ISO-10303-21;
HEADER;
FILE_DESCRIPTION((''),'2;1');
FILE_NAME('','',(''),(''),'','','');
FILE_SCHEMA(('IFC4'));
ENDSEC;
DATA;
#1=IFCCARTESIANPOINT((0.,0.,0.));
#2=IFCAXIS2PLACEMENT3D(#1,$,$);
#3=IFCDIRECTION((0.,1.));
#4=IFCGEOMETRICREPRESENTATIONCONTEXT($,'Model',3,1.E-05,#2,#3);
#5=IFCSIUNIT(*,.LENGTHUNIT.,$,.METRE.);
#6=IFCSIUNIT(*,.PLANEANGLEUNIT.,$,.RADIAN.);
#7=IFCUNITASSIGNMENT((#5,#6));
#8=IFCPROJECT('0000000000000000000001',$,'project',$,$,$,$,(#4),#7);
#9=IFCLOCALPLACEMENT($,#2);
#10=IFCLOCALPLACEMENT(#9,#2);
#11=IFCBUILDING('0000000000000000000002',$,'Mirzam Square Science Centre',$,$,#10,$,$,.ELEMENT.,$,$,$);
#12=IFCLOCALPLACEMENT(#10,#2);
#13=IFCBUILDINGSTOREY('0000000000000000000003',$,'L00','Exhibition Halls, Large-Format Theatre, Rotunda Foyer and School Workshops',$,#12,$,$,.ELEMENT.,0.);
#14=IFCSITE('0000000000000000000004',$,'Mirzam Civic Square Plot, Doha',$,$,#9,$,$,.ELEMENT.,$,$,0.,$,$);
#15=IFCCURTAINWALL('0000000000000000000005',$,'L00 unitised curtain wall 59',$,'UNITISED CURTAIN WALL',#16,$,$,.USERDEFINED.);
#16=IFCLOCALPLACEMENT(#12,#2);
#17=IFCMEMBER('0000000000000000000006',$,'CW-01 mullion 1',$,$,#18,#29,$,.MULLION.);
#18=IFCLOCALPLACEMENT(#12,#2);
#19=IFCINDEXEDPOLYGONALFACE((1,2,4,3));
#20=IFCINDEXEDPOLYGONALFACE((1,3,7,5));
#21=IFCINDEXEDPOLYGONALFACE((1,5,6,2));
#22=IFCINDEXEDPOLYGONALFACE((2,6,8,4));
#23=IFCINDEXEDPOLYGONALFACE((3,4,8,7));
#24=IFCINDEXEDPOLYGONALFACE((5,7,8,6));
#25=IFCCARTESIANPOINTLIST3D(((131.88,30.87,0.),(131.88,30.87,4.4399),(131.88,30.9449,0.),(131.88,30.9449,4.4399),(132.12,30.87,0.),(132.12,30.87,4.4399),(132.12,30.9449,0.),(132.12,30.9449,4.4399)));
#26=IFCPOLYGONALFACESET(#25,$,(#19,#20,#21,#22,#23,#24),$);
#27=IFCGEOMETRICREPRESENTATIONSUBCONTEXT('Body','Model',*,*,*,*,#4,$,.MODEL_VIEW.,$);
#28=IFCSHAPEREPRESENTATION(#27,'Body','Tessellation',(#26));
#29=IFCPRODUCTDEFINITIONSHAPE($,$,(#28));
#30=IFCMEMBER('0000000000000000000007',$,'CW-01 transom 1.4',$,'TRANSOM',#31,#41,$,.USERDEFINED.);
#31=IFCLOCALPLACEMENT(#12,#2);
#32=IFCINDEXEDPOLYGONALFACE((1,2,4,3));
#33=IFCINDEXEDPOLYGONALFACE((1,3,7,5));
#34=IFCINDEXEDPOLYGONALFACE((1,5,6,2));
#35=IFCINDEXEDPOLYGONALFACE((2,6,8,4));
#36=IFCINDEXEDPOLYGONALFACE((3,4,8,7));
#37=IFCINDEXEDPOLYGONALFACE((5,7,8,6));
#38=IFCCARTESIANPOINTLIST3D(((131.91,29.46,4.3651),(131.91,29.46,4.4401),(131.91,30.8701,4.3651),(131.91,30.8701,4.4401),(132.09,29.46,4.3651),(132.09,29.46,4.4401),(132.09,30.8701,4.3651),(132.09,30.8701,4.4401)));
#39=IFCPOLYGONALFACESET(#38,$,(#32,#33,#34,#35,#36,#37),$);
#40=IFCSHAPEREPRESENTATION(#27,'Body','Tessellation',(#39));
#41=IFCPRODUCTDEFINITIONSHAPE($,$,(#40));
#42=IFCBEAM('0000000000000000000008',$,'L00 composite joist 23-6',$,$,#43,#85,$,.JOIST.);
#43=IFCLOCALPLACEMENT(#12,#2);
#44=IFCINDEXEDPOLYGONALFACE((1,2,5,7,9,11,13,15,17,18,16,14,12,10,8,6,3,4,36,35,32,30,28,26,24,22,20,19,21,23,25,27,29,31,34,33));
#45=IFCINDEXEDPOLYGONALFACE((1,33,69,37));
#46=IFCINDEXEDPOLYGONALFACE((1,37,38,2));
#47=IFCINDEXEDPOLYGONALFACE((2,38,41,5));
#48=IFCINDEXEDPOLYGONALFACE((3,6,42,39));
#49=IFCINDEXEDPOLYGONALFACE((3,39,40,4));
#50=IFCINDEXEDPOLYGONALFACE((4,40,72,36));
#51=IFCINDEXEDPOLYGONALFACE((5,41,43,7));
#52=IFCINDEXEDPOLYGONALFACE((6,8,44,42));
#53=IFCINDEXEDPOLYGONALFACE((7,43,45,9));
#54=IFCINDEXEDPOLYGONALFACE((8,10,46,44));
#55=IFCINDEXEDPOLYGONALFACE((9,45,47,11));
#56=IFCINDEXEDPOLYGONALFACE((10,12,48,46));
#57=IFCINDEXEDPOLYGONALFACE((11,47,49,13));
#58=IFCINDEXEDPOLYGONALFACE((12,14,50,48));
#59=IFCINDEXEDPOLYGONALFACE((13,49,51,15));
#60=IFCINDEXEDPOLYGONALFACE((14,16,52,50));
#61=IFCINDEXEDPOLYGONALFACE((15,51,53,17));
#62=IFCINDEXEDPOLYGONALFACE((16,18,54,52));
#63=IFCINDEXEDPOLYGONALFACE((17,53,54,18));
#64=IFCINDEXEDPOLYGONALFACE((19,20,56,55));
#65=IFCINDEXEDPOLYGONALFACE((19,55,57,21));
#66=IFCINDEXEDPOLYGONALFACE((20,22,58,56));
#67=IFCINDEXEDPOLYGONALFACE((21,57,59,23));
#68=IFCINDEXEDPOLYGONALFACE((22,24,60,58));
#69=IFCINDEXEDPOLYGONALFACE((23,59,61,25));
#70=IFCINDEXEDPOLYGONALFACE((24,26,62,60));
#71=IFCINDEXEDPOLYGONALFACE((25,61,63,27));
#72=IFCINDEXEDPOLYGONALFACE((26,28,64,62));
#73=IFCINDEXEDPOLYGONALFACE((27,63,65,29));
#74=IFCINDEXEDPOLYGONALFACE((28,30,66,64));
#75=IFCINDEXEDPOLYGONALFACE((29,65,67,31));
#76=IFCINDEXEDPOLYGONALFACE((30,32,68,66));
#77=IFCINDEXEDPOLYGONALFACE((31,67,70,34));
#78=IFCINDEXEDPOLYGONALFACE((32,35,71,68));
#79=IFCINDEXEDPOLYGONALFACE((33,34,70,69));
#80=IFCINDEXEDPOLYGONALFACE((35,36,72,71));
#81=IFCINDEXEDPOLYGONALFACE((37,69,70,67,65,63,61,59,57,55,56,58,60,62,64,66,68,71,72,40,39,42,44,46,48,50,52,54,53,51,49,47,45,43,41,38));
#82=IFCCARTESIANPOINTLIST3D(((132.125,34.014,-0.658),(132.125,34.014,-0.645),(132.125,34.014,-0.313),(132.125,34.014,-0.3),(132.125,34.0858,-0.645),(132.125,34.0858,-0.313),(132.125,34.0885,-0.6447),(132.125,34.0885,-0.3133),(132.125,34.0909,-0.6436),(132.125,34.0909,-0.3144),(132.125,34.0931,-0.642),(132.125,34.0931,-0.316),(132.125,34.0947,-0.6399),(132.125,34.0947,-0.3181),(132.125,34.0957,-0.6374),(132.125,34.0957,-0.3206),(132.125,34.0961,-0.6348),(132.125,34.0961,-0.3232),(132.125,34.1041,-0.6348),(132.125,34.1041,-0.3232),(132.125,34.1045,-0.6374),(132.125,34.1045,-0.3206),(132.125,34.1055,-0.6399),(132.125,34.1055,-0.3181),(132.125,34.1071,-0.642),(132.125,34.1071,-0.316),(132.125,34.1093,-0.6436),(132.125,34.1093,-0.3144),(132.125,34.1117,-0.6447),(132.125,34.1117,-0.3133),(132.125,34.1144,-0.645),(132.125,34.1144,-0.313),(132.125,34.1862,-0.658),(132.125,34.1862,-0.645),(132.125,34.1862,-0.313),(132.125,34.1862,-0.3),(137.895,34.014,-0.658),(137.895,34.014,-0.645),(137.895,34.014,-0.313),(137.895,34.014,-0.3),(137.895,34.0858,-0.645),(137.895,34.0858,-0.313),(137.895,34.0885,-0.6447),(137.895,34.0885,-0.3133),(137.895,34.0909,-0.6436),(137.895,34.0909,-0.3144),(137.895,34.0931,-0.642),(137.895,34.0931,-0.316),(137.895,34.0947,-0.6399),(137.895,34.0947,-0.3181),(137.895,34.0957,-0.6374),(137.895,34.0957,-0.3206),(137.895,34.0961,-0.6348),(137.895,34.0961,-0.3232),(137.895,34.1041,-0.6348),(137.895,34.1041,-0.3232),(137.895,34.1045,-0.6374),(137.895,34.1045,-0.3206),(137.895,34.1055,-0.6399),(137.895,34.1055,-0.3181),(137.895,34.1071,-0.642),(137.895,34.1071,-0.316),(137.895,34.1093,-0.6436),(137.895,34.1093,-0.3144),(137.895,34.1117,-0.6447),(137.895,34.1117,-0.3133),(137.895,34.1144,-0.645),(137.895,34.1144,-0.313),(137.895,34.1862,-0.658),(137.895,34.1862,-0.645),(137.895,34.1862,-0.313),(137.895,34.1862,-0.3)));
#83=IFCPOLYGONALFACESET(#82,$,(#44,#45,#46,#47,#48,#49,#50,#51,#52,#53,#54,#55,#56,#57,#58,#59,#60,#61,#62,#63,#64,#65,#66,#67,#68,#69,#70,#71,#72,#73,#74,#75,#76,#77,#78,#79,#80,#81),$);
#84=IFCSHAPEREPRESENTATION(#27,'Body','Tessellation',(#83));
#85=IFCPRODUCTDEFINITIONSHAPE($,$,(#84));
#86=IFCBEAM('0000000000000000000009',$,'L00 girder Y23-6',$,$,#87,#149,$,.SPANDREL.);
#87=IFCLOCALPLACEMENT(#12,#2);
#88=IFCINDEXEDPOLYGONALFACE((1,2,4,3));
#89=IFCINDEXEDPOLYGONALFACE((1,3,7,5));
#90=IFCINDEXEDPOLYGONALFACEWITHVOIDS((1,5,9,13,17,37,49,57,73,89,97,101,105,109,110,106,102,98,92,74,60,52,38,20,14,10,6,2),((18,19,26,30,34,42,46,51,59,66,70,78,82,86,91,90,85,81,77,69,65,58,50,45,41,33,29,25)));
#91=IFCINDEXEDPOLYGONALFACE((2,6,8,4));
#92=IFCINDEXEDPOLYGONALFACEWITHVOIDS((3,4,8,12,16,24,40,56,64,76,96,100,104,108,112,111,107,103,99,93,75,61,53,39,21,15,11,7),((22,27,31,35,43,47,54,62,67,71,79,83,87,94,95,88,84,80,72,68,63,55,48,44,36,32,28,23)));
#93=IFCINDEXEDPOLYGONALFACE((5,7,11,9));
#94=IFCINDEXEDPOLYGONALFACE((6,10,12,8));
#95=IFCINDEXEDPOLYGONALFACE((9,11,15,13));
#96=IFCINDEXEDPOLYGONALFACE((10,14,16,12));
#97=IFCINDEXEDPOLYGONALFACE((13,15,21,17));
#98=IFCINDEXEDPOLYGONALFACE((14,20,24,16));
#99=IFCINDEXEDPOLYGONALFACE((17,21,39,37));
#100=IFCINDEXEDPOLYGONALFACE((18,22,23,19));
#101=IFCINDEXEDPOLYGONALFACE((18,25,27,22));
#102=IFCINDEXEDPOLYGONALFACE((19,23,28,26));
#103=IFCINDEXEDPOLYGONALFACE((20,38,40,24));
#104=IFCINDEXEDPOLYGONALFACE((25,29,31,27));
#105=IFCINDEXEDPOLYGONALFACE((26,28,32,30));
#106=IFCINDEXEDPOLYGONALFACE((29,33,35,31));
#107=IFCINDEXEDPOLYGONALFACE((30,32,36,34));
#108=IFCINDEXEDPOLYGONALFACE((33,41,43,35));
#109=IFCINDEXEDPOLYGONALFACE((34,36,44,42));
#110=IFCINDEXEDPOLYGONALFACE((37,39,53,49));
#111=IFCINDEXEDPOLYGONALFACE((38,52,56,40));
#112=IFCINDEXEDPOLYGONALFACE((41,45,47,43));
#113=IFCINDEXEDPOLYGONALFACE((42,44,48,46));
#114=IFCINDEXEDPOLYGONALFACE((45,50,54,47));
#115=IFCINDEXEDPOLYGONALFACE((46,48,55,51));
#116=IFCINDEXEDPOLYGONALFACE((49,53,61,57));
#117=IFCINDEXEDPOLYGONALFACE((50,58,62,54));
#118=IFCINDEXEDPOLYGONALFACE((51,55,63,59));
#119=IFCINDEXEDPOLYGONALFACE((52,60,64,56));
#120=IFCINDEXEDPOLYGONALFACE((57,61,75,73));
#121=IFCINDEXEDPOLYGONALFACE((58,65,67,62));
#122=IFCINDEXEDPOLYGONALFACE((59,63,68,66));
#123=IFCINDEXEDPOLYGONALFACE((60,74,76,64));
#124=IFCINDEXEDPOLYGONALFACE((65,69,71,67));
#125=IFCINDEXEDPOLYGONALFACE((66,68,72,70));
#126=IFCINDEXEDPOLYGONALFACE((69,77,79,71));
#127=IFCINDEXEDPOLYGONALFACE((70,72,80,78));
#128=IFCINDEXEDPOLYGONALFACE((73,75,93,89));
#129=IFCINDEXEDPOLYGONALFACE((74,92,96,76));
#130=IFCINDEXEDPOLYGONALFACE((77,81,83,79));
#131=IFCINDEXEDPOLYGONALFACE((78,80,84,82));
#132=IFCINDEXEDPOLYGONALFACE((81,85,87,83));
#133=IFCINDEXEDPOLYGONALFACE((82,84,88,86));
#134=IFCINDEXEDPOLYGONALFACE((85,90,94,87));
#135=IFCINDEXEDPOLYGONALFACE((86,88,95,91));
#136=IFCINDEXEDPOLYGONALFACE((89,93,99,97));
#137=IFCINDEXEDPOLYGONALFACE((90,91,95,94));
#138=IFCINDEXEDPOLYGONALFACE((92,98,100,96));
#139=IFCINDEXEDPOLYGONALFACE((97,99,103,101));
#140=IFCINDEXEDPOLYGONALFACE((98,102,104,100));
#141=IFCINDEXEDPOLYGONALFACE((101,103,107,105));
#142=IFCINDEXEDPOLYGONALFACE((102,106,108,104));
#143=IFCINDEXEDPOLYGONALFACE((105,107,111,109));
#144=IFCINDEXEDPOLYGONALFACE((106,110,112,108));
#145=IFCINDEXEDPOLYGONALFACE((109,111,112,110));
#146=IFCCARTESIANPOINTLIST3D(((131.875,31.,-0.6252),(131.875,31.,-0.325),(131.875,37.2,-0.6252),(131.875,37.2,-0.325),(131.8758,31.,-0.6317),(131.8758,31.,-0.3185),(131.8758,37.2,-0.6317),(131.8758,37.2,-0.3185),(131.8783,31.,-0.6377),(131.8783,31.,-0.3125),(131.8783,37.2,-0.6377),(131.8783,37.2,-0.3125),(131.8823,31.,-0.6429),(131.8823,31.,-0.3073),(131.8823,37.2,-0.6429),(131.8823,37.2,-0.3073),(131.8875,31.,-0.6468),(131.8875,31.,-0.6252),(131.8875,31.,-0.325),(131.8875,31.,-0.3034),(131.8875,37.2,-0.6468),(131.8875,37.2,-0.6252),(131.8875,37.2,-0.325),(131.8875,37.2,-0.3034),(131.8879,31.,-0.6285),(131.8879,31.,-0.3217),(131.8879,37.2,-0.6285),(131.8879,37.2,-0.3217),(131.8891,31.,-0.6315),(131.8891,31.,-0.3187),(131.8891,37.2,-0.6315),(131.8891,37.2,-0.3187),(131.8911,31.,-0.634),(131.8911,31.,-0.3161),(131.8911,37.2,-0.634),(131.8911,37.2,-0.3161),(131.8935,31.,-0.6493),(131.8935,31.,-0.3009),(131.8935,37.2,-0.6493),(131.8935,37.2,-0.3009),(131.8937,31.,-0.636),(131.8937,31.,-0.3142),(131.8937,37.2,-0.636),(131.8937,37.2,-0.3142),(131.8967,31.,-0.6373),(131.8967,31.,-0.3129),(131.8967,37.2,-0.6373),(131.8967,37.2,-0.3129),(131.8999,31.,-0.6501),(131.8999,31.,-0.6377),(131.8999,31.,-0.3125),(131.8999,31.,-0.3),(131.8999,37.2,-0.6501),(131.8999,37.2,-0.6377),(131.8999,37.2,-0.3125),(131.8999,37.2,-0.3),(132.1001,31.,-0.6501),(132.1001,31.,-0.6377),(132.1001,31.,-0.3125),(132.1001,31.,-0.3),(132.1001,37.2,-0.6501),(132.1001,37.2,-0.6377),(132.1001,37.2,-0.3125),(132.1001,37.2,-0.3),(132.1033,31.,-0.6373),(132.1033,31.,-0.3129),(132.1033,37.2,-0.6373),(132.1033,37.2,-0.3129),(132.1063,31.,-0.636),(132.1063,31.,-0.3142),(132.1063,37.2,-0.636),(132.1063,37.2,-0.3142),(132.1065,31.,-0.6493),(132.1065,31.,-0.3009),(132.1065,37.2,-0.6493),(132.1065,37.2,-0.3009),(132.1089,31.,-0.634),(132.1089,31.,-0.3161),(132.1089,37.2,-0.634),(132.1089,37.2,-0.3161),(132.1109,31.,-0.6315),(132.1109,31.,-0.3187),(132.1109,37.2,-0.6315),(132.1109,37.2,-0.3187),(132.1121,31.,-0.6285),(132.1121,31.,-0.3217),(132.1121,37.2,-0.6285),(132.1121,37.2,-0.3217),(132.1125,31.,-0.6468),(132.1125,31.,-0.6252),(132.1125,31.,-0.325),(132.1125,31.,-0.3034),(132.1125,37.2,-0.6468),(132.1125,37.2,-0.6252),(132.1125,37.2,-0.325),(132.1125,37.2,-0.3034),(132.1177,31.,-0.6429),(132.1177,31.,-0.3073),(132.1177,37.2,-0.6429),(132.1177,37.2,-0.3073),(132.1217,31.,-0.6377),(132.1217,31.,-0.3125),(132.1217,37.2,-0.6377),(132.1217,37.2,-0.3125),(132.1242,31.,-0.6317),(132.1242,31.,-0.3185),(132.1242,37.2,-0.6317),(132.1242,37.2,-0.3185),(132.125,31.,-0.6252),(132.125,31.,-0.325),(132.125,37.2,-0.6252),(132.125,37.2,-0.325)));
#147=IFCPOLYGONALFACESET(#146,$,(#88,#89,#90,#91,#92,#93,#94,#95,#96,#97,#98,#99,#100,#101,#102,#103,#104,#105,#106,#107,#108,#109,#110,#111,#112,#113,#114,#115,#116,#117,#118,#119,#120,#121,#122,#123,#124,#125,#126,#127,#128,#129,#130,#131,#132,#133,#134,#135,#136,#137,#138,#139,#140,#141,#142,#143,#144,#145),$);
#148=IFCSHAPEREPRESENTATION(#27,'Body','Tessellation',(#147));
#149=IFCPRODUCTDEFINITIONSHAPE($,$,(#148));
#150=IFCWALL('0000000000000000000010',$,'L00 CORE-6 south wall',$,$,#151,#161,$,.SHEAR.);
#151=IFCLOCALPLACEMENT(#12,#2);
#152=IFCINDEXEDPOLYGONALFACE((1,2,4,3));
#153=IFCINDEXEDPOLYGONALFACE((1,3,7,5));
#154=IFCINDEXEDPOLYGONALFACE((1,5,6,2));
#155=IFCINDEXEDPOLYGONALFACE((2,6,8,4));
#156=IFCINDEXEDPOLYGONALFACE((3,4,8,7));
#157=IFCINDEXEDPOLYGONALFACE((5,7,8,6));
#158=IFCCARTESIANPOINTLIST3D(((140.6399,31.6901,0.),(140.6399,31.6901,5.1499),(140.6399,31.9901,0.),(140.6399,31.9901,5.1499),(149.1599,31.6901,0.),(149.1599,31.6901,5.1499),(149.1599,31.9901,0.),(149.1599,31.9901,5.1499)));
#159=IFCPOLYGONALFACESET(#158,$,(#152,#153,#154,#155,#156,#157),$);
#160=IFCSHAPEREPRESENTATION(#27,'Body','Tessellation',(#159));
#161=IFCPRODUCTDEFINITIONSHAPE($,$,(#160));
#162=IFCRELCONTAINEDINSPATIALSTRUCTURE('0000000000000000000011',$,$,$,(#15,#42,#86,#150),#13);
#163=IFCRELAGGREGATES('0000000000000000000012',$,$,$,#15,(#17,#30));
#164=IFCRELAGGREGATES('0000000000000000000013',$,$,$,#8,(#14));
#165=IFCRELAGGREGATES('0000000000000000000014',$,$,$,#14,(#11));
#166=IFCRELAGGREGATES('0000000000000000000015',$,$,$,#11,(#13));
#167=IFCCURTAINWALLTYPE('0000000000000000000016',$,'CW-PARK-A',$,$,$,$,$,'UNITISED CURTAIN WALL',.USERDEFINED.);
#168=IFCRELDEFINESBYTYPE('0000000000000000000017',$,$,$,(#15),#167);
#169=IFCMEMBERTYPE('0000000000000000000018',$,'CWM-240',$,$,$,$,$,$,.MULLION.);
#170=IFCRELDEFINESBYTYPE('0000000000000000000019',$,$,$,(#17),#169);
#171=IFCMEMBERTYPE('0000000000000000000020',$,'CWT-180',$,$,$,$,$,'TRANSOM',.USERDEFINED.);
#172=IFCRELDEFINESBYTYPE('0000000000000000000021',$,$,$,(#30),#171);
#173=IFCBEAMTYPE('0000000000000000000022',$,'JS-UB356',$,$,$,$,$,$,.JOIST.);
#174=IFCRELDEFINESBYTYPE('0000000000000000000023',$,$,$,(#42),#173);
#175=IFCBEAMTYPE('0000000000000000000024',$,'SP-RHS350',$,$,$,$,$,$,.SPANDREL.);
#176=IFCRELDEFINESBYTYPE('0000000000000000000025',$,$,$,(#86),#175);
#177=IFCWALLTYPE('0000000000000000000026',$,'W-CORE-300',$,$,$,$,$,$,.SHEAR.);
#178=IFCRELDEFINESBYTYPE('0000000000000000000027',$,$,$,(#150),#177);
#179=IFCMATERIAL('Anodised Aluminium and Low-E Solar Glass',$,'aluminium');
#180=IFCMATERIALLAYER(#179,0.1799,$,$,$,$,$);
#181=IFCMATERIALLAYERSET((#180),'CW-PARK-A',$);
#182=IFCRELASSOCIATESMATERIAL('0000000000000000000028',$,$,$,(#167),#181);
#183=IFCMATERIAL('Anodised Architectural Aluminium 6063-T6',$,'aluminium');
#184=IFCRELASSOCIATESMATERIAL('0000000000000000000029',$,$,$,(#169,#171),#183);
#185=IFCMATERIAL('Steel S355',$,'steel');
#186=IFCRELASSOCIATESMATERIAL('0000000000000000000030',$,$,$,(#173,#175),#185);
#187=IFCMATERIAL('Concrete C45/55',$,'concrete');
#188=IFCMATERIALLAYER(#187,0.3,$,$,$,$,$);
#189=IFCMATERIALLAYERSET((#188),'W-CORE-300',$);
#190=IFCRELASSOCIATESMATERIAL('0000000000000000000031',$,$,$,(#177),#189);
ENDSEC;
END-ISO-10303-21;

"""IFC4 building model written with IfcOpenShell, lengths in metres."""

from ifc_helpers import new_model, si_unit, direction, frame, frame_2d, origin, origin_2d, place, context, subcontext, project, spatial, rectangle, hollow_rectangle, i_section, extrude, material, layer, layer_set, material_profile, profile_set, type_object, element, aggregate, save


model = new_model("IFC4")

# Units and contexts
model_context = context("Model", 3, precision=1e-05, world=origin(), true_north=direction((0.0, 1.0)))
body_context = subcontext(model_context, "Body", "Model", "MODEL_VIEW")
ifc_project = project(units=[si_unit("LENGTHUNIT", "METRE"), si_unit("PLANEANGLEUNIT", "RADIAN")], contexts=[model_context])

# Site, building, storey
site_placement = place(None, origin())
site = spatial("IfcSite", under=ifc_project, at=site_placement, Name="Mirzam Civic Square Plot, Doha", CompositionType="ELEMENT", RefElevation=0.0)
building_placement = place(site_placement, origin())
building = spatial("IfcBuilding", under=site, at=building_placement, Name="Mirzam Square Science Centre", CompositionType="ELEMENT")
storey_placement = place(building_placement, origin())
storey = spatial("IfcBuildingStorey", under=building, at=storey_placement, Name="L00", Description="Exhibition Halls, Large-Format Theatre, Rotunda Foyer and School Workshops", CompositionType="ELEMENT", Elevation=0.0)

# Shared definitions
ifc_material_1 = material(Name="Steel S355", Category="steel")

# Curtain wall, members
ifc_material_2 = material(Name="Anodised Aluminium and Low-E Solar Glass", Category="aluminium")
ifc_layer_1 = layer(ifc_material_2, 0.1799)
ifc_layer_set_1 = layer_set([ifc_layer_1], Name="CW-PARK-A")
curtain_wall_type = type_object("IfcCurtainWallType", Name="CW-PARK-A", ElementType="UNITISED CURTAIN WALL", PredefinedType="USERDEFINED", material=ifc_layer_set_1)
curtain_wall_placement = place(storey_placement, origin())
curtain_wall = element("IfcCurtainWall", 1, at=curtain_wall_placement, inside=storey, type_object=curtain_wall_type, Name="L00 unitised curtain wall 59", ObjectType="UNITISED CURTAIN WALL", PredefinedType="USERDEFINED")
ifc_material_3 = material(Name="Anodised Architectural Aluminium 6063-T6", Category="aluminium")
ifc_material_profile_1 = material_profile(ifc_material_3, rectangle(XDim=0.075, YDim=0.24, at=origin_2d()), Name="ALU-MULL-240x75x5")
ifc_profile_set_1 = profile_set([ifc_material_profile_1], Name="Anodised Architectural Aluminium 6063-T6")
member_type_1 = type_object("IfcMemberType", Name="CWM-240", PredefinedType="MULLION", material=ifc_profile_set_1)
member_1_placement = place(storey_placement, frame((132.0, 30.9075, 0.0), z_axis=(0.0, 0.0, 1.0), x_axis=(0.0, -1.0, 0.0)))
member_1 = element("IfcMember", 2, at=member_1_placement, type_object=member_type_1, Name="CW-01 mullion 1", PredefinedType="MULLION", context=body_context, shape_type="SweptSolid", body=[
    extrude(rectangle(XDim=0.075, YDim=0.24, at=origin_2d()), origin(), (0.0, 0.0, 1.0), 4.4399),
])
ifc_material_profile_2 = material_profile(ifc_material_3, rectangle(XDim=0.1799, YDim=0.075, at=origin_2d()), Name="ALU-TRAN-180x75x5")
ifc_profile_set_2 = profile_set([ifc_material_profile_2], Name="Anodised Architectural Aluminium 6063-T6")
member_type_2 = type_object("IfcMemberType", Name="CWT-180", ElementType="TRANSOM", PredefinedType="USERDEFINED", material=ifc_profile_set_2)
member_2_placement = place(storey_placement, frame((132.0, 30.8701, 4.4026), z_axis=(0.0, -1.0, 0.0), x_axis=(1.0, 0.0, 0.0)))
member_2 = element("IfcMember", 3, at=member_2_placement, type_object=member_type_2, Name="CW-01 transom 1.4", ObjectType="TRANSOM", PredefinedType="USERDEFINED", context=body_context, shape_type="SweptSolid", body=[
    extrude(rectangle(XDim=0.1799, YDim=0.075, at=origin_2d()), origin(), (0.0, 0.0, 1.0), 1.4102),
])
aggregate(curtain_wall, [member_1, member_2])

# Beams
ifc_material_profile_3 = material_profile(ifc_material_1, i_section(OverallWidth=0.1721, OverallDepth=0.3579, WebThickness=0.0081, FlangeThickness=0.0129, FilletRadius=0.0103, at=origin_2d()), Name="356x171x57UB")
ifc_profile_set_3 = profile_set([ifc_material_profile_3], Name="Steel S355")
beam_type_1 = type_object("IfcBeamType", Name="JS-UB356", PredefinedType="JOIST", material=ifc_profile_set_3)
beam_1_placement = place(storey_placement, frame((132.125, 34.1001, -0.479), z_axis=(1.0, 0.0, 0.0), x_axis=(0.0, 1.0, 0.0)))
element("IfcBeam", 4, at=beam_1_placement, inside=storey, type_object=beam_type_1, Name="L00 composite joist 23-6", PredefinedType="JOIST", context=body_context, shape_type="SweptSolid", body=[
    extrude(i_section(OverallWidth=0.1721, OverallDepth=0.3579, WebThickness=0.0081, FlangeThickness=0.0129, FilletRadius=0.0103, at=origin_2d()), origin(), (0.0, 0.0, 1.0), 5.77),
])
ifc_material_profile_4 = material_profile(ifc_material_1, hollow_rectangle(XDim=0.25, YDim=0.3501, WallThickness=0.0125, InnerFilletRadius=0.0125, OuterFilletRadius=0.0249, at=origin_2d()), Name="350x250x12.5RHS")
ifc_profile_set_4 = profile_set([ifc_material_profile_4], Name="Steel S355")
beam_type_2 = type_object("IfcBeamType", Name="SP-RHS350", PredefinedType="SPANDREL", material=ifc_profile_set_4)
beam_2_placement = place(storey_placement, frame((132.0, 31.0, -0.4751), z_axis=(0.0, 1.0, 0.0), x_axis=(-1.0, 0.0, 0.0)))
element("IfcBeam", 5, at=beam_2_placement, inside=storey, type_object=beam_type_2, Name="L00 girder Y23-6", PredefinedType="SPANDREL", context=body_context, shape_type="SweptSolid", body=[
    extrude(hollow_rectangle(XDim=0.25, YDim=0.3501, WallThickness=0.0125, InnerFilletRadius=0.0125, OuterFilletRadius=0.0249, at=origin_2d()), origin(), (0.0, 0.0, 1.0), 6.2),
])

# Wall
ifc_material_4 = material(Name="Concrete C45/55", Category="concrete")
ifc_layer_2 = layer(ifc_material_4, 0.3)
ifc_layer_set_2 = layer_set([ifc_layer_2], Name="W-CORE-300")
wall_type_1 = type_object("IfcWallType", Name="W-CORE-300", PredefinedType="SHEAR", material=ifc_layer_set_2)
wall_1_placement = place(storey_placement, frame((140.6399, 31.8401, 0.0), z_axis=(0.0, 0.0, 1.0), x_axis=(1.0, 0.0, 0.0)))
element("IfcWall", 6, at=wall_1_placement, inside=storey, type_object=wall_type_1, Name="L00 CORE-6 south wall", PredefinedType="SHEAR", context=body_context, shape_type="SweptSolid", body=[
    extrude(rectangle(XDim=8.52, YDim=0.3, at=frame_2d((4.26, 0.0))), origin(), (0.0, 0.0, 1.0), 5.1499),
])

save(model, "model.ifc")
